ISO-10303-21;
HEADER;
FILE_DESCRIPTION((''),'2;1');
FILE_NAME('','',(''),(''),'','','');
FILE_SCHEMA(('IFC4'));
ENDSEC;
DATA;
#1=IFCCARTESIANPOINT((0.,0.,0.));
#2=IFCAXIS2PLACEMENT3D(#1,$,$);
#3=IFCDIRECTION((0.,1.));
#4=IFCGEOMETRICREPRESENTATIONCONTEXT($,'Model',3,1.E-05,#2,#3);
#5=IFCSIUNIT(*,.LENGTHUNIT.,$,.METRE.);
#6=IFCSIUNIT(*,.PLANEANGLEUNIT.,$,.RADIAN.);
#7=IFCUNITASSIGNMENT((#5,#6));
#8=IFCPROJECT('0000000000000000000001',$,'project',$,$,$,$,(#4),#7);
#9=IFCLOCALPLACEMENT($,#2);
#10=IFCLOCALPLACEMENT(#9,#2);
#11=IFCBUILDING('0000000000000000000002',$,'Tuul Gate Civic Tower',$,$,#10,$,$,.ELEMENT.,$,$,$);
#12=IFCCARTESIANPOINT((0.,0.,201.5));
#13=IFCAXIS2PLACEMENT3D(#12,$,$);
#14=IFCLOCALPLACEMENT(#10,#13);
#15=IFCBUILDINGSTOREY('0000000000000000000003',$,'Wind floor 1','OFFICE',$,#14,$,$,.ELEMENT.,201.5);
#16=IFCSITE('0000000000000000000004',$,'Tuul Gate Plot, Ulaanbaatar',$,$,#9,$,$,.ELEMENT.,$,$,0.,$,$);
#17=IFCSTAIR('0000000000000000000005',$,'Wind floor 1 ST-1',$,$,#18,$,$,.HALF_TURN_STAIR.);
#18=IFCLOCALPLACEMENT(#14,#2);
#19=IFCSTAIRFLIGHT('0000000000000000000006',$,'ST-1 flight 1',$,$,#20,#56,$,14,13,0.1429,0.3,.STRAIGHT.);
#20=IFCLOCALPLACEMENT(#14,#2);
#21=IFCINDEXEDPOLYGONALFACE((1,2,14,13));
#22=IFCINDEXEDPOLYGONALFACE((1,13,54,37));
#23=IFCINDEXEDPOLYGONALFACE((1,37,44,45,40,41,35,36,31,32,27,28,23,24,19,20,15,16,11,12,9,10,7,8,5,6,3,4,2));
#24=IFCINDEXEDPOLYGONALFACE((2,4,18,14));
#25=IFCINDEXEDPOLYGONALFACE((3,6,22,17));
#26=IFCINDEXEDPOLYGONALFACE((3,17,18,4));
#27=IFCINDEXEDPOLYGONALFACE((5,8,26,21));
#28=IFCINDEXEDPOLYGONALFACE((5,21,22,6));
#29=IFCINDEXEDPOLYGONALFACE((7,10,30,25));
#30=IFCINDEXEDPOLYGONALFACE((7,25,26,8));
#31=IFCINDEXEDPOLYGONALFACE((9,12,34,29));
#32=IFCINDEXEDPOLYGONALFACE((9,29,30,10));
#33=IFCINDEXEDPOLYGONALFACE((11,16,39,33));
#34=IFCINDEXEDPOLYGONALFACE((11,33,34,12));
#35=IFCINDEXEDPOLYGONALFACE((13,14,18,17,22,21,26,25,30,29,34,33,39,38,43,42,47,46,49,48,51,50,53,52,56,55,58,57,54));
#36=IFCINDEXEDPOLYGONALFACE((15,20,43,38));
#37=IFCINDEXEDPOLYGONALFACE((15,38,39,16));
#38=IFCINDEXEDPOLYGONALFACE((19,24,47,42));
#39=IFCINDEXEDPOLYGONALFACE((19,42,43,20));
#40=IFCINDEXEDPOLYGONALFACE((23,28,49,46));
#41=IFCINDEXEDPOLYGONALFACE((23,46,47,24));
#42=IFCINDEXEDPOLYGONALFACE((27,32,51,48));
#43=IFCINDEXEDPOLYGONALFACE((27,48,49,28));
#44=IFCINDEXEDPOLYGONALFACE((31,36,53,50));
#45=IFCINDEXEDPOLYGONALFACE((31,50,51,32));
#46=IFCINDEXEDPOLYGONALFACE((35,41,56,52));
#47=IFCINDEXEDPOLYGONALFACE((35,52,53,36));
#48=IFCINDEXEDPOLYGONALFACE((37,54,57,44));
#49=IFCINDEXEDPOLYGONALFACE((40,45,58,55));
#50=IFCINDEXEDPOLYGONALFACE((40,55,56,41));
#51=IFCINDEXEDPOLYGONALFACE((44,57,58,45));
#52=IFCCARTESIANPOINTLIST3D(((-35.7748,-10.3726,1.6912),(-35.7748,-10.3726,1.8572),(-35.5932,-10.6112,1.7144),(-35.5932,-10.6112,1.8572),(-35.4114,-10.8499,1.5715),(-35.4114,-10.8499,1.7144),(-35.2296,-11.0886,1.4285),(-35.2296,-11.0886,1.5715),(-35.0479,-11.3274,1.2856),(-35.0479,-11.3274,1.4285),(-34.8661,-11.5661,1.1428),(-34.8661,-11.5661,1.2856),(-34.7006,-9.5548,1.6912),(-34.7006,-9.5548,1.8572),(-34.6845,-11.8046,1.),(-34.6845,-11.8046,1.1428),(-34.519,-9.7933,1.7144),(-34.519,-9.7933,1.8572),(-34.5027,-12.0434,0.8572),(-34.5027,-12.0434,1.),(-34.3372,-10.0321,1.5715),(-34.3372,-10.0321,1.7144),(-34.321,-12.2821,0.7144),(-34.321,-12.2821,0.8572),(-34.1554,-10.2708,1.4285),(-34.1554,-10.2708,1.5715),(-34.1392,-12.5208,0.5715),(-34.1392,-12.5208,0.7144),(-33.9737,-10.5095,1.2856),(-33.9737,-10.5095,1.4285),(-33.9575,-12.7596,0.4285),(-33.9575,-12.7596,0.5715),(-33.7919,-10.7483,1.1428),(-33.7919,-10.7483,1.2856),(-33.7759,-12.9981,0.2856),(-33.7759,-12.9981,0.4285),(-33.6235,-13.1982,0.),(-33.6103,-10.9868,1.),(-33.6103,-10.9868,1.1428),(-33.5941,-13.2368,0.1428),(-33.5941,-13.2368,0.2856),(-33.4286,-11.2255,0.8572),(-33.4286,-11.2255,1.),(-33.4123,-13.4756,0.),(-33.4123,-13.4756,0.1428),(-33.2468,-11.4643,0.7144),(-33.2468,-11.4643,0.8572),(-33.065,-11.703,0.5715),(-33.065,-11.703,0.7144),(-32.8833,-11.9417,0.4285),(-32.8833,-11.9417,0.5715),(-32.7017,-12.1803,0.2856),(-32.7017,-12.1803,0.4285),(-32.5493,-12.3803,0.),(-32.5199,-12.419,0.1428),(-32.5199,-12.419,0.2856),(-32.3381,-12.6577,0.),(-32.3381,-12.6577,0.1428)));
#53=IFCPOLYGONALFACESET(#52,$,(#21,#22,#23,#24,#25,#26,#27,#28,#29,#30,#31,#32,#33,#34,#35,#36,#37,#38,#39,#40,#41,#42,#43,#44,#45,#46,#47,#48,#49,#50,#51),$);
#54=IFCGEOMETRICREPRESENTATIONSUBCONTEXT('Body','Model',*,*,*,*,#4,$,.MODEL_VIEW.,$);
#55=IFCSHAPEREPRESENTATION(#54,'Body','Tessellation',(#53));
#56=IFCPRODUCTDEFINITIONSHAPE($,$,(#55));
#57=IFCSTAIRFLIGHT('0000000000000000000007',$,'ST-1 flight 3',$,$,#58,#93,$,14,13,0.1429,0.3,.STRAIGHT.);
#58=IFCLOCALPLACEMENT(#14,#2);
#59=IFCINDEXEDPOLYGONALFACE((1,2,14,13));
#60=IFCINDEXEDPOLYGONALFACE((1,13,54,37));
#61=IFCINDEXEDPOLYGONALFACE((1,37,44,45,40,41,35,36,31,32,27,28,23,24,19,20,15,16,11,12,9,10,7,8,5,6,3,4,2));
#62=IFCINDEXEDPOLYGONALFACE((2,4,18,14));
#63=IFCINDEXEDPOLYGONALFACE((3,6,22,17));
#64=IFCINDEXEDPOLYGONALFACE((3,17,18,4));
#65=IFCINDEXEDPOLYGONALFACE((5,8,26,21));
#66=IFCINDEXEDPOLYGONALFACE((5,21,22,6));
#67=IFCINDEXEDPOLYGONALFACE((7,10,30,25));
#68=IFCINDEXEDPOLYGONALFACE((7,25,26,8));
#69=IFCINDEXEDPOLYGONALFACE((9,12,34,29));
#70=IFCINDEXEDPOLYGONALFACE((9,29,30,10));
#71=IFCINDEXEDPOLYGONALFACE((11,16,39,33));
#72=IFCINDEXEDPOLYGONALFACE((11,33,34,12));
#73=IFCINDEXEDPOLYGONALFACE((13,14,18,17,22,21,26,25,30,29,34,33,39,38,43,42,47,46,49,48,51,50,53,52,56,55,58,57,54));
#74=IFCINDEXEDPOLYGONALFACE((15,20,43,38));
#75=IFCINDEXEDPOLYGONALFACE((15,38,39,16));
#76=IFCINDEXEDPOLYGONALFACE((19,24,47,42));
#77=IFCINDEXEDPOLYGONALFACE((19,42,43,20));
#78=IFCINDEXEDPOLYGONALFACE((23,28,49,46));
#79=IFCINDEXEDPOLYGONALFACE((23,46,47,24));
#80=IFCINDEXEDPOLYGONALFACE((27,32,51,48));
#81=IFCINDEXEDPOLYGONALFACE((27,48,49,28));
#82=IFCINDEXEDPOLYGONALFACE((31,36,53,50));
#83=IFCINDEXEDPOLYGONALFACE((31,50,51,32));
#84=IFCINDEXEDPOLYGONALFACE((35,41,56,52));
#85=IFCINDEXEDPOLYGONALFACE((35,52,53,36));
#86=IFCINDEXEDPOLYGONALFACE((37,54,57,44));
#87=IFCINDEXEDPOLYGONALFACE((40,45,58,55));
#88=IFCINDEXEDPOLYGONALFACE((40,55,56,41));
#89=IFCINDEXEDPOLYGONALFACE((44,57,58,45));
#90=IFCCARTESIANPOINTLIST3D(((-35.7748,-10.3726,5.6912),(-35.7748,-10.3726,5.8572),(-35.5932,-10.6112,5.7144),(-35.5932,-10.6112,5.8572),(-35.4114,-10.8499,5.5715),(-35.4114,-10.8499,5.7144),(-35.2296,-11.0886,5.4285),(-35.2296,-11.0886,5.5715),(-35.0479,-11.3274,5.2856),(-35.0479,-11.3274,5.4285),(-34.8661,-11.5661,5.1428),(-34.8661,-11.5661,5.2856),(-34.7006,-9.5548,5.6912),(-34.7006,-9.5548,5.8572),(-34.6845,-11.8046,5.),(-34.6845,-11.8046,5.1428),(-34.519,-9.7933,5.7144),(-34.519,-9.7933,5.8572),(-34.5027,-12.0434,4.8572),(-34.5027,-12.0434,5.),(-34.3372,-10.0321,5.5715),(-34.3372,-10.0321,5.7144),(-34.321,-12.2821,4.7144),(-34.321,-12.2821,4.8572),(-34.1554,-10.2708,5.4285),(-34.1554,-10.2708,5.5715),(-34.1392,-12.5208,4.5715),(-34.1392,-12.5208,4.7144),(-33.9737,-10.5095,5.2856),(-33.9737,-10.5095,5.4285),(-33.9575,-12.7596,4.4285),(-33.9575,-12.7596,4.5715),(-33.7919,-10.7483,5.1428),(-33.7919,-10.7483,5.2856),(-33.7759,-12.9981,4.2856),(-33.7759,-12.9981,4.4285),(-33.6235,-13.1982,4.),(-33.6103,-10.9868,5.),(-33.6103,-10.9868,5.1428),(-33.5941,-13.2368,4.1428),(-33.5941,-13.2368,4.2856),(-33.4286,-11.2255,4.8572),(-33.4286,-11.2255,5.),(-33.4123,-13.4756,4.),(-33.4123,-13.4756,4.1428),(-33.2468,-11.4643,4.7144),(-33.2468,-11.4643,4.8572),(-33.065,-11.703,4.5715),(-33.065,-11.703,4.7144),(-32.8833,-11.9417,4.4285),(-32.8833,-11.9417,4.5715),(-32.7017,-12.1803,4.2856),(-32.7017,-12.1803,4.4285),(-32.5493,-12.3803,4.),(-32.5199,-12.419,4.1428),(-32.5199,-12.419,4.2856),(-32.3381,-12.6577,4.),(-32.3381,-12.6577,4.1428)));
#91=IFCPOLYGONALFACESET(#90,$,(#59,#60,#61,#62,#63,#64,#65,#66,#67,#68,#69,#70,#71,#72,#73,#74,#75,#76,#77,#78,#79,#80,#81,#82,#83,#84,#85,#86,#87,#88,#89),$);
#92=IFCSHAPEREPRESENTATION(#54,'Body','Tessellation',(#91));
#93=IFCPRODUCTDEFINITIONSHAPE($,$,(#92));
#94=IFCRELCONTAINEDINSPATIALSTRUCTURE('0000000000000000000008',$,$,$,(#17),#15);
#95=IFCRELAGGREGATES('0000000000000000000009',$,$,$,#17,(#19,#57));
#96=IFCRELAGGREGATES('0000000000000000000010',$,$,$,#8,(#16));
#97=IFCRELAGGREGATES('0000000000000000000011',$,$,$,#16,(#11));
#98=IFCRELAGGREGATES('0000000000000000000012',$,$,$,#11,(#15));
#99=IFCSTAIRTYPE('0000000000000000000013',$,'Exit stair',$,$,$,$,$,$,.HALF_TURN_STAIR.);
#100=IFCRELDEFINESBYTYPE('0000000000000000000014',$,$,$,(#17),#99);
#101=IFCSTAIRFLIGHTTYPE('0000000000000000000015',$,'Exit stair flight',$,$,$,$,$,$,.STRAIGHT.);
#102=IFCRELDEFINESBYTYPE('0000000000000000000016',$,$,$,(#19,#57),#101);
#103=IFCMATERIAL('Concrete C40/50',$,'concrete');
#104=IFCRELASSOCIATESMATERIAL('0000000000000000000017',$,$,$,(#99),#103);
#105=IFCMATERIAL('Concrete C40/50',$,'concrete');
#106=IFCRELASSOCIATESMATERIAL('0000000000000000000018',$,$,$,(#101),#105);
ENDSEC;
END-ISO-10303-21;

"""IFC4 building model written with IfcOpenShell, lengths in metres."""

from ifc_helpers import new_model, si_unit, direction, frame, origin, place, context, subcontext, project, spatial, polyline, outline, extrude, material, type_object, element, aggregate, save


model = new_model("IFC4")

# Units and contexts
model_context = context("Model", 3, precision=1e-05, world=origin(), true_north=direction((0.0, 1.0)))
body_context = subcontext(model_context, "Body", "Model", "MODEL_VIEW")
ifc_project = project(units=[si_unit("LENGTHUNIT", "METRE"), si_unit("PLANEANGLEUNIT", "RADIAN")], contexts=[model_context])

# Site, building, storey
site_placement = place(None, origin())
site = spatial("IfcSite", under=ifc_project, at=site_placement, Name="Tuul Gate Plot, Ulaanbaatar", CompositionType="ELEMENT", RefElevation=0.0)
building_placement = place(site_placement, origin())
building = spatial("IfcBuilding", under=site, at=building_placement, Name="Tuul Gate Civic Tower", CompositionType="ELEMENT")
storey_placement = place(building_placement, frame((0.0, 0.0, 201.5)))
storey = spatial("IfcBuildingStorey", under=building, at=storey_placement, Name="Wind floor 1", Description="OFFICE", CompositionType="ELEMENT", Elevation=201.5)

# Stair, stair flights
ifc_material_1 = material(Name="Concrete C40/50", Category="concrete")
stair_type = type_object("IfcStairType", Name="Exit stair", PredefinedType="HALF_TURN_STAIR", material=ifc_material_1)
stair_placement = place(storey_placement, origin())
stair = element("IfcStair", 1, at=stair_placement, inside=storey, type_object=stair_type, Name="Wind floor 1 ST-1", PredefinedType="HALF_TURN_STAIR")
ifc_material_2 = material(Name="Concrete C40/50", Category="concrete")
stair_flight_type = type_object("IfcStairFlightType", Name="Exit stair flight", PredefinedType="STRAIGHT", material=ifc_material_2)
stair_flight_1_placement = place(storey_placement, frame((-32.8752, -13.0667, 0.0), z_axis=(0.0, 0.0, 1.0), x_axis=(-0.605764, 0.795644, 0.0)))
stair_flight_1 = element("IfcStairFlight", 2, at=stair_flight_1_placement, type_object=stair_flight_type, Name="ST-1 flight 1", NumberOfRisers=14, NumberOfTreads=13, PredefinedType="STRAIGHT", RiserHeight=0.1429, TreadLength=0.3, context=body_context, shape_type="SweptSolid", body=[
    extrude(outline(polyline([(0.0, 0.0), (0.0, 0.1428), (0.3, 0.1428), (0.3, 0.2856), (0.6001, 0.2856), (0.6001, 0.4285), (0.8999, 0.4285), (0.8999, 0.5715), (1.2, 0.5715), (1.2, 0.7144), (1.5, 0.7144), (1.5, 0.8572), (1.8, 0.8572), (1.8, 1.0), (2.1001, 1.0), (2.1001, 1.1428), (2.3999, 1.1428), (2.3999, 1.2856), (2.7, 1.2856), (2.7, 1.4285), (3.0, 1.4285), (3.0, 1.5715), (3.3, 1.5715), (3.3, 1.7144), (3.6001, 1.7144), (3.6001, 1.8572), (3.8999, 1.8572), (3.8999, 2.0), (3.8999, 1.6912), (0.3486, 0.0), (0.0, 0.0)])), frame((0.0, 0.675, 0.0), z_axis=(0.0, -1.0, 0.0), x_axis=(1.0, 0.0, 0.0)), (0.0, 0.0, 1.0), 1.3501),
])
stair_flight_2_placement = place(storey_placement, frame((-32.8752, -13.0667, 4.0), z_axis=(0.0, 0.0, 1.0), x_axis=(-0.605764, 0.795644, 0.0)))
stair_flight_2 = element("IfcStairFlight", 3, at=stair_flight_2_placement, type_object=stair_flight_type, Name="ST-1 flight 3", NumberOfRisers=14, NumberOfTreads=13, PredefinedType="STRAIGHT", RiserHeight=0.1429, TreadLength=0.3, context=body_context, shape_type="SweptSolid", body=[
    extrude(outline(polyline([(0.0, 0.0), (0.0, 0.1428), (0.3, 0.1428), (0.3, 0.2856), (0.6001, 0.2856), (0.6001, 0.4285), (0.8999, 0.4285), (0.8999, 0.5715), (1.2, 0.5715), (1.2, 0.7144), (1.5, 0.7144), (1.5, 0.8572), (1.8, 0.8572), (1.8, 1.0), (2.1001, 1.0), (2.1001, 1.1428), (2.3999, 1.1428), (2.3999, 1.2856), (2.7, 1.2856), (2.7, 1.4285), (3.0, 1.4285), (3.0, 1.5715), (3.3, 1.5715), (3.3, 1.7144), (3.6001, 1.7144), (3.6001, 1.8572), (3.8999, 1.8572), (3.8999, 2.0), (3.8999, 1.6912), (0.3486, 0.0), (0.0, 0.0)])), frame((0.0, 0.675, 0.0), z_axis=(0.0, -1.0, 0.0), x_axis=(1.0, 0.0, 0.0)), (0.0, 0.0, 1.0), 1.3501),
])
aggregate(stair, [stair_flight_1, stair_flight_2])

save(model, "model.ifc")
